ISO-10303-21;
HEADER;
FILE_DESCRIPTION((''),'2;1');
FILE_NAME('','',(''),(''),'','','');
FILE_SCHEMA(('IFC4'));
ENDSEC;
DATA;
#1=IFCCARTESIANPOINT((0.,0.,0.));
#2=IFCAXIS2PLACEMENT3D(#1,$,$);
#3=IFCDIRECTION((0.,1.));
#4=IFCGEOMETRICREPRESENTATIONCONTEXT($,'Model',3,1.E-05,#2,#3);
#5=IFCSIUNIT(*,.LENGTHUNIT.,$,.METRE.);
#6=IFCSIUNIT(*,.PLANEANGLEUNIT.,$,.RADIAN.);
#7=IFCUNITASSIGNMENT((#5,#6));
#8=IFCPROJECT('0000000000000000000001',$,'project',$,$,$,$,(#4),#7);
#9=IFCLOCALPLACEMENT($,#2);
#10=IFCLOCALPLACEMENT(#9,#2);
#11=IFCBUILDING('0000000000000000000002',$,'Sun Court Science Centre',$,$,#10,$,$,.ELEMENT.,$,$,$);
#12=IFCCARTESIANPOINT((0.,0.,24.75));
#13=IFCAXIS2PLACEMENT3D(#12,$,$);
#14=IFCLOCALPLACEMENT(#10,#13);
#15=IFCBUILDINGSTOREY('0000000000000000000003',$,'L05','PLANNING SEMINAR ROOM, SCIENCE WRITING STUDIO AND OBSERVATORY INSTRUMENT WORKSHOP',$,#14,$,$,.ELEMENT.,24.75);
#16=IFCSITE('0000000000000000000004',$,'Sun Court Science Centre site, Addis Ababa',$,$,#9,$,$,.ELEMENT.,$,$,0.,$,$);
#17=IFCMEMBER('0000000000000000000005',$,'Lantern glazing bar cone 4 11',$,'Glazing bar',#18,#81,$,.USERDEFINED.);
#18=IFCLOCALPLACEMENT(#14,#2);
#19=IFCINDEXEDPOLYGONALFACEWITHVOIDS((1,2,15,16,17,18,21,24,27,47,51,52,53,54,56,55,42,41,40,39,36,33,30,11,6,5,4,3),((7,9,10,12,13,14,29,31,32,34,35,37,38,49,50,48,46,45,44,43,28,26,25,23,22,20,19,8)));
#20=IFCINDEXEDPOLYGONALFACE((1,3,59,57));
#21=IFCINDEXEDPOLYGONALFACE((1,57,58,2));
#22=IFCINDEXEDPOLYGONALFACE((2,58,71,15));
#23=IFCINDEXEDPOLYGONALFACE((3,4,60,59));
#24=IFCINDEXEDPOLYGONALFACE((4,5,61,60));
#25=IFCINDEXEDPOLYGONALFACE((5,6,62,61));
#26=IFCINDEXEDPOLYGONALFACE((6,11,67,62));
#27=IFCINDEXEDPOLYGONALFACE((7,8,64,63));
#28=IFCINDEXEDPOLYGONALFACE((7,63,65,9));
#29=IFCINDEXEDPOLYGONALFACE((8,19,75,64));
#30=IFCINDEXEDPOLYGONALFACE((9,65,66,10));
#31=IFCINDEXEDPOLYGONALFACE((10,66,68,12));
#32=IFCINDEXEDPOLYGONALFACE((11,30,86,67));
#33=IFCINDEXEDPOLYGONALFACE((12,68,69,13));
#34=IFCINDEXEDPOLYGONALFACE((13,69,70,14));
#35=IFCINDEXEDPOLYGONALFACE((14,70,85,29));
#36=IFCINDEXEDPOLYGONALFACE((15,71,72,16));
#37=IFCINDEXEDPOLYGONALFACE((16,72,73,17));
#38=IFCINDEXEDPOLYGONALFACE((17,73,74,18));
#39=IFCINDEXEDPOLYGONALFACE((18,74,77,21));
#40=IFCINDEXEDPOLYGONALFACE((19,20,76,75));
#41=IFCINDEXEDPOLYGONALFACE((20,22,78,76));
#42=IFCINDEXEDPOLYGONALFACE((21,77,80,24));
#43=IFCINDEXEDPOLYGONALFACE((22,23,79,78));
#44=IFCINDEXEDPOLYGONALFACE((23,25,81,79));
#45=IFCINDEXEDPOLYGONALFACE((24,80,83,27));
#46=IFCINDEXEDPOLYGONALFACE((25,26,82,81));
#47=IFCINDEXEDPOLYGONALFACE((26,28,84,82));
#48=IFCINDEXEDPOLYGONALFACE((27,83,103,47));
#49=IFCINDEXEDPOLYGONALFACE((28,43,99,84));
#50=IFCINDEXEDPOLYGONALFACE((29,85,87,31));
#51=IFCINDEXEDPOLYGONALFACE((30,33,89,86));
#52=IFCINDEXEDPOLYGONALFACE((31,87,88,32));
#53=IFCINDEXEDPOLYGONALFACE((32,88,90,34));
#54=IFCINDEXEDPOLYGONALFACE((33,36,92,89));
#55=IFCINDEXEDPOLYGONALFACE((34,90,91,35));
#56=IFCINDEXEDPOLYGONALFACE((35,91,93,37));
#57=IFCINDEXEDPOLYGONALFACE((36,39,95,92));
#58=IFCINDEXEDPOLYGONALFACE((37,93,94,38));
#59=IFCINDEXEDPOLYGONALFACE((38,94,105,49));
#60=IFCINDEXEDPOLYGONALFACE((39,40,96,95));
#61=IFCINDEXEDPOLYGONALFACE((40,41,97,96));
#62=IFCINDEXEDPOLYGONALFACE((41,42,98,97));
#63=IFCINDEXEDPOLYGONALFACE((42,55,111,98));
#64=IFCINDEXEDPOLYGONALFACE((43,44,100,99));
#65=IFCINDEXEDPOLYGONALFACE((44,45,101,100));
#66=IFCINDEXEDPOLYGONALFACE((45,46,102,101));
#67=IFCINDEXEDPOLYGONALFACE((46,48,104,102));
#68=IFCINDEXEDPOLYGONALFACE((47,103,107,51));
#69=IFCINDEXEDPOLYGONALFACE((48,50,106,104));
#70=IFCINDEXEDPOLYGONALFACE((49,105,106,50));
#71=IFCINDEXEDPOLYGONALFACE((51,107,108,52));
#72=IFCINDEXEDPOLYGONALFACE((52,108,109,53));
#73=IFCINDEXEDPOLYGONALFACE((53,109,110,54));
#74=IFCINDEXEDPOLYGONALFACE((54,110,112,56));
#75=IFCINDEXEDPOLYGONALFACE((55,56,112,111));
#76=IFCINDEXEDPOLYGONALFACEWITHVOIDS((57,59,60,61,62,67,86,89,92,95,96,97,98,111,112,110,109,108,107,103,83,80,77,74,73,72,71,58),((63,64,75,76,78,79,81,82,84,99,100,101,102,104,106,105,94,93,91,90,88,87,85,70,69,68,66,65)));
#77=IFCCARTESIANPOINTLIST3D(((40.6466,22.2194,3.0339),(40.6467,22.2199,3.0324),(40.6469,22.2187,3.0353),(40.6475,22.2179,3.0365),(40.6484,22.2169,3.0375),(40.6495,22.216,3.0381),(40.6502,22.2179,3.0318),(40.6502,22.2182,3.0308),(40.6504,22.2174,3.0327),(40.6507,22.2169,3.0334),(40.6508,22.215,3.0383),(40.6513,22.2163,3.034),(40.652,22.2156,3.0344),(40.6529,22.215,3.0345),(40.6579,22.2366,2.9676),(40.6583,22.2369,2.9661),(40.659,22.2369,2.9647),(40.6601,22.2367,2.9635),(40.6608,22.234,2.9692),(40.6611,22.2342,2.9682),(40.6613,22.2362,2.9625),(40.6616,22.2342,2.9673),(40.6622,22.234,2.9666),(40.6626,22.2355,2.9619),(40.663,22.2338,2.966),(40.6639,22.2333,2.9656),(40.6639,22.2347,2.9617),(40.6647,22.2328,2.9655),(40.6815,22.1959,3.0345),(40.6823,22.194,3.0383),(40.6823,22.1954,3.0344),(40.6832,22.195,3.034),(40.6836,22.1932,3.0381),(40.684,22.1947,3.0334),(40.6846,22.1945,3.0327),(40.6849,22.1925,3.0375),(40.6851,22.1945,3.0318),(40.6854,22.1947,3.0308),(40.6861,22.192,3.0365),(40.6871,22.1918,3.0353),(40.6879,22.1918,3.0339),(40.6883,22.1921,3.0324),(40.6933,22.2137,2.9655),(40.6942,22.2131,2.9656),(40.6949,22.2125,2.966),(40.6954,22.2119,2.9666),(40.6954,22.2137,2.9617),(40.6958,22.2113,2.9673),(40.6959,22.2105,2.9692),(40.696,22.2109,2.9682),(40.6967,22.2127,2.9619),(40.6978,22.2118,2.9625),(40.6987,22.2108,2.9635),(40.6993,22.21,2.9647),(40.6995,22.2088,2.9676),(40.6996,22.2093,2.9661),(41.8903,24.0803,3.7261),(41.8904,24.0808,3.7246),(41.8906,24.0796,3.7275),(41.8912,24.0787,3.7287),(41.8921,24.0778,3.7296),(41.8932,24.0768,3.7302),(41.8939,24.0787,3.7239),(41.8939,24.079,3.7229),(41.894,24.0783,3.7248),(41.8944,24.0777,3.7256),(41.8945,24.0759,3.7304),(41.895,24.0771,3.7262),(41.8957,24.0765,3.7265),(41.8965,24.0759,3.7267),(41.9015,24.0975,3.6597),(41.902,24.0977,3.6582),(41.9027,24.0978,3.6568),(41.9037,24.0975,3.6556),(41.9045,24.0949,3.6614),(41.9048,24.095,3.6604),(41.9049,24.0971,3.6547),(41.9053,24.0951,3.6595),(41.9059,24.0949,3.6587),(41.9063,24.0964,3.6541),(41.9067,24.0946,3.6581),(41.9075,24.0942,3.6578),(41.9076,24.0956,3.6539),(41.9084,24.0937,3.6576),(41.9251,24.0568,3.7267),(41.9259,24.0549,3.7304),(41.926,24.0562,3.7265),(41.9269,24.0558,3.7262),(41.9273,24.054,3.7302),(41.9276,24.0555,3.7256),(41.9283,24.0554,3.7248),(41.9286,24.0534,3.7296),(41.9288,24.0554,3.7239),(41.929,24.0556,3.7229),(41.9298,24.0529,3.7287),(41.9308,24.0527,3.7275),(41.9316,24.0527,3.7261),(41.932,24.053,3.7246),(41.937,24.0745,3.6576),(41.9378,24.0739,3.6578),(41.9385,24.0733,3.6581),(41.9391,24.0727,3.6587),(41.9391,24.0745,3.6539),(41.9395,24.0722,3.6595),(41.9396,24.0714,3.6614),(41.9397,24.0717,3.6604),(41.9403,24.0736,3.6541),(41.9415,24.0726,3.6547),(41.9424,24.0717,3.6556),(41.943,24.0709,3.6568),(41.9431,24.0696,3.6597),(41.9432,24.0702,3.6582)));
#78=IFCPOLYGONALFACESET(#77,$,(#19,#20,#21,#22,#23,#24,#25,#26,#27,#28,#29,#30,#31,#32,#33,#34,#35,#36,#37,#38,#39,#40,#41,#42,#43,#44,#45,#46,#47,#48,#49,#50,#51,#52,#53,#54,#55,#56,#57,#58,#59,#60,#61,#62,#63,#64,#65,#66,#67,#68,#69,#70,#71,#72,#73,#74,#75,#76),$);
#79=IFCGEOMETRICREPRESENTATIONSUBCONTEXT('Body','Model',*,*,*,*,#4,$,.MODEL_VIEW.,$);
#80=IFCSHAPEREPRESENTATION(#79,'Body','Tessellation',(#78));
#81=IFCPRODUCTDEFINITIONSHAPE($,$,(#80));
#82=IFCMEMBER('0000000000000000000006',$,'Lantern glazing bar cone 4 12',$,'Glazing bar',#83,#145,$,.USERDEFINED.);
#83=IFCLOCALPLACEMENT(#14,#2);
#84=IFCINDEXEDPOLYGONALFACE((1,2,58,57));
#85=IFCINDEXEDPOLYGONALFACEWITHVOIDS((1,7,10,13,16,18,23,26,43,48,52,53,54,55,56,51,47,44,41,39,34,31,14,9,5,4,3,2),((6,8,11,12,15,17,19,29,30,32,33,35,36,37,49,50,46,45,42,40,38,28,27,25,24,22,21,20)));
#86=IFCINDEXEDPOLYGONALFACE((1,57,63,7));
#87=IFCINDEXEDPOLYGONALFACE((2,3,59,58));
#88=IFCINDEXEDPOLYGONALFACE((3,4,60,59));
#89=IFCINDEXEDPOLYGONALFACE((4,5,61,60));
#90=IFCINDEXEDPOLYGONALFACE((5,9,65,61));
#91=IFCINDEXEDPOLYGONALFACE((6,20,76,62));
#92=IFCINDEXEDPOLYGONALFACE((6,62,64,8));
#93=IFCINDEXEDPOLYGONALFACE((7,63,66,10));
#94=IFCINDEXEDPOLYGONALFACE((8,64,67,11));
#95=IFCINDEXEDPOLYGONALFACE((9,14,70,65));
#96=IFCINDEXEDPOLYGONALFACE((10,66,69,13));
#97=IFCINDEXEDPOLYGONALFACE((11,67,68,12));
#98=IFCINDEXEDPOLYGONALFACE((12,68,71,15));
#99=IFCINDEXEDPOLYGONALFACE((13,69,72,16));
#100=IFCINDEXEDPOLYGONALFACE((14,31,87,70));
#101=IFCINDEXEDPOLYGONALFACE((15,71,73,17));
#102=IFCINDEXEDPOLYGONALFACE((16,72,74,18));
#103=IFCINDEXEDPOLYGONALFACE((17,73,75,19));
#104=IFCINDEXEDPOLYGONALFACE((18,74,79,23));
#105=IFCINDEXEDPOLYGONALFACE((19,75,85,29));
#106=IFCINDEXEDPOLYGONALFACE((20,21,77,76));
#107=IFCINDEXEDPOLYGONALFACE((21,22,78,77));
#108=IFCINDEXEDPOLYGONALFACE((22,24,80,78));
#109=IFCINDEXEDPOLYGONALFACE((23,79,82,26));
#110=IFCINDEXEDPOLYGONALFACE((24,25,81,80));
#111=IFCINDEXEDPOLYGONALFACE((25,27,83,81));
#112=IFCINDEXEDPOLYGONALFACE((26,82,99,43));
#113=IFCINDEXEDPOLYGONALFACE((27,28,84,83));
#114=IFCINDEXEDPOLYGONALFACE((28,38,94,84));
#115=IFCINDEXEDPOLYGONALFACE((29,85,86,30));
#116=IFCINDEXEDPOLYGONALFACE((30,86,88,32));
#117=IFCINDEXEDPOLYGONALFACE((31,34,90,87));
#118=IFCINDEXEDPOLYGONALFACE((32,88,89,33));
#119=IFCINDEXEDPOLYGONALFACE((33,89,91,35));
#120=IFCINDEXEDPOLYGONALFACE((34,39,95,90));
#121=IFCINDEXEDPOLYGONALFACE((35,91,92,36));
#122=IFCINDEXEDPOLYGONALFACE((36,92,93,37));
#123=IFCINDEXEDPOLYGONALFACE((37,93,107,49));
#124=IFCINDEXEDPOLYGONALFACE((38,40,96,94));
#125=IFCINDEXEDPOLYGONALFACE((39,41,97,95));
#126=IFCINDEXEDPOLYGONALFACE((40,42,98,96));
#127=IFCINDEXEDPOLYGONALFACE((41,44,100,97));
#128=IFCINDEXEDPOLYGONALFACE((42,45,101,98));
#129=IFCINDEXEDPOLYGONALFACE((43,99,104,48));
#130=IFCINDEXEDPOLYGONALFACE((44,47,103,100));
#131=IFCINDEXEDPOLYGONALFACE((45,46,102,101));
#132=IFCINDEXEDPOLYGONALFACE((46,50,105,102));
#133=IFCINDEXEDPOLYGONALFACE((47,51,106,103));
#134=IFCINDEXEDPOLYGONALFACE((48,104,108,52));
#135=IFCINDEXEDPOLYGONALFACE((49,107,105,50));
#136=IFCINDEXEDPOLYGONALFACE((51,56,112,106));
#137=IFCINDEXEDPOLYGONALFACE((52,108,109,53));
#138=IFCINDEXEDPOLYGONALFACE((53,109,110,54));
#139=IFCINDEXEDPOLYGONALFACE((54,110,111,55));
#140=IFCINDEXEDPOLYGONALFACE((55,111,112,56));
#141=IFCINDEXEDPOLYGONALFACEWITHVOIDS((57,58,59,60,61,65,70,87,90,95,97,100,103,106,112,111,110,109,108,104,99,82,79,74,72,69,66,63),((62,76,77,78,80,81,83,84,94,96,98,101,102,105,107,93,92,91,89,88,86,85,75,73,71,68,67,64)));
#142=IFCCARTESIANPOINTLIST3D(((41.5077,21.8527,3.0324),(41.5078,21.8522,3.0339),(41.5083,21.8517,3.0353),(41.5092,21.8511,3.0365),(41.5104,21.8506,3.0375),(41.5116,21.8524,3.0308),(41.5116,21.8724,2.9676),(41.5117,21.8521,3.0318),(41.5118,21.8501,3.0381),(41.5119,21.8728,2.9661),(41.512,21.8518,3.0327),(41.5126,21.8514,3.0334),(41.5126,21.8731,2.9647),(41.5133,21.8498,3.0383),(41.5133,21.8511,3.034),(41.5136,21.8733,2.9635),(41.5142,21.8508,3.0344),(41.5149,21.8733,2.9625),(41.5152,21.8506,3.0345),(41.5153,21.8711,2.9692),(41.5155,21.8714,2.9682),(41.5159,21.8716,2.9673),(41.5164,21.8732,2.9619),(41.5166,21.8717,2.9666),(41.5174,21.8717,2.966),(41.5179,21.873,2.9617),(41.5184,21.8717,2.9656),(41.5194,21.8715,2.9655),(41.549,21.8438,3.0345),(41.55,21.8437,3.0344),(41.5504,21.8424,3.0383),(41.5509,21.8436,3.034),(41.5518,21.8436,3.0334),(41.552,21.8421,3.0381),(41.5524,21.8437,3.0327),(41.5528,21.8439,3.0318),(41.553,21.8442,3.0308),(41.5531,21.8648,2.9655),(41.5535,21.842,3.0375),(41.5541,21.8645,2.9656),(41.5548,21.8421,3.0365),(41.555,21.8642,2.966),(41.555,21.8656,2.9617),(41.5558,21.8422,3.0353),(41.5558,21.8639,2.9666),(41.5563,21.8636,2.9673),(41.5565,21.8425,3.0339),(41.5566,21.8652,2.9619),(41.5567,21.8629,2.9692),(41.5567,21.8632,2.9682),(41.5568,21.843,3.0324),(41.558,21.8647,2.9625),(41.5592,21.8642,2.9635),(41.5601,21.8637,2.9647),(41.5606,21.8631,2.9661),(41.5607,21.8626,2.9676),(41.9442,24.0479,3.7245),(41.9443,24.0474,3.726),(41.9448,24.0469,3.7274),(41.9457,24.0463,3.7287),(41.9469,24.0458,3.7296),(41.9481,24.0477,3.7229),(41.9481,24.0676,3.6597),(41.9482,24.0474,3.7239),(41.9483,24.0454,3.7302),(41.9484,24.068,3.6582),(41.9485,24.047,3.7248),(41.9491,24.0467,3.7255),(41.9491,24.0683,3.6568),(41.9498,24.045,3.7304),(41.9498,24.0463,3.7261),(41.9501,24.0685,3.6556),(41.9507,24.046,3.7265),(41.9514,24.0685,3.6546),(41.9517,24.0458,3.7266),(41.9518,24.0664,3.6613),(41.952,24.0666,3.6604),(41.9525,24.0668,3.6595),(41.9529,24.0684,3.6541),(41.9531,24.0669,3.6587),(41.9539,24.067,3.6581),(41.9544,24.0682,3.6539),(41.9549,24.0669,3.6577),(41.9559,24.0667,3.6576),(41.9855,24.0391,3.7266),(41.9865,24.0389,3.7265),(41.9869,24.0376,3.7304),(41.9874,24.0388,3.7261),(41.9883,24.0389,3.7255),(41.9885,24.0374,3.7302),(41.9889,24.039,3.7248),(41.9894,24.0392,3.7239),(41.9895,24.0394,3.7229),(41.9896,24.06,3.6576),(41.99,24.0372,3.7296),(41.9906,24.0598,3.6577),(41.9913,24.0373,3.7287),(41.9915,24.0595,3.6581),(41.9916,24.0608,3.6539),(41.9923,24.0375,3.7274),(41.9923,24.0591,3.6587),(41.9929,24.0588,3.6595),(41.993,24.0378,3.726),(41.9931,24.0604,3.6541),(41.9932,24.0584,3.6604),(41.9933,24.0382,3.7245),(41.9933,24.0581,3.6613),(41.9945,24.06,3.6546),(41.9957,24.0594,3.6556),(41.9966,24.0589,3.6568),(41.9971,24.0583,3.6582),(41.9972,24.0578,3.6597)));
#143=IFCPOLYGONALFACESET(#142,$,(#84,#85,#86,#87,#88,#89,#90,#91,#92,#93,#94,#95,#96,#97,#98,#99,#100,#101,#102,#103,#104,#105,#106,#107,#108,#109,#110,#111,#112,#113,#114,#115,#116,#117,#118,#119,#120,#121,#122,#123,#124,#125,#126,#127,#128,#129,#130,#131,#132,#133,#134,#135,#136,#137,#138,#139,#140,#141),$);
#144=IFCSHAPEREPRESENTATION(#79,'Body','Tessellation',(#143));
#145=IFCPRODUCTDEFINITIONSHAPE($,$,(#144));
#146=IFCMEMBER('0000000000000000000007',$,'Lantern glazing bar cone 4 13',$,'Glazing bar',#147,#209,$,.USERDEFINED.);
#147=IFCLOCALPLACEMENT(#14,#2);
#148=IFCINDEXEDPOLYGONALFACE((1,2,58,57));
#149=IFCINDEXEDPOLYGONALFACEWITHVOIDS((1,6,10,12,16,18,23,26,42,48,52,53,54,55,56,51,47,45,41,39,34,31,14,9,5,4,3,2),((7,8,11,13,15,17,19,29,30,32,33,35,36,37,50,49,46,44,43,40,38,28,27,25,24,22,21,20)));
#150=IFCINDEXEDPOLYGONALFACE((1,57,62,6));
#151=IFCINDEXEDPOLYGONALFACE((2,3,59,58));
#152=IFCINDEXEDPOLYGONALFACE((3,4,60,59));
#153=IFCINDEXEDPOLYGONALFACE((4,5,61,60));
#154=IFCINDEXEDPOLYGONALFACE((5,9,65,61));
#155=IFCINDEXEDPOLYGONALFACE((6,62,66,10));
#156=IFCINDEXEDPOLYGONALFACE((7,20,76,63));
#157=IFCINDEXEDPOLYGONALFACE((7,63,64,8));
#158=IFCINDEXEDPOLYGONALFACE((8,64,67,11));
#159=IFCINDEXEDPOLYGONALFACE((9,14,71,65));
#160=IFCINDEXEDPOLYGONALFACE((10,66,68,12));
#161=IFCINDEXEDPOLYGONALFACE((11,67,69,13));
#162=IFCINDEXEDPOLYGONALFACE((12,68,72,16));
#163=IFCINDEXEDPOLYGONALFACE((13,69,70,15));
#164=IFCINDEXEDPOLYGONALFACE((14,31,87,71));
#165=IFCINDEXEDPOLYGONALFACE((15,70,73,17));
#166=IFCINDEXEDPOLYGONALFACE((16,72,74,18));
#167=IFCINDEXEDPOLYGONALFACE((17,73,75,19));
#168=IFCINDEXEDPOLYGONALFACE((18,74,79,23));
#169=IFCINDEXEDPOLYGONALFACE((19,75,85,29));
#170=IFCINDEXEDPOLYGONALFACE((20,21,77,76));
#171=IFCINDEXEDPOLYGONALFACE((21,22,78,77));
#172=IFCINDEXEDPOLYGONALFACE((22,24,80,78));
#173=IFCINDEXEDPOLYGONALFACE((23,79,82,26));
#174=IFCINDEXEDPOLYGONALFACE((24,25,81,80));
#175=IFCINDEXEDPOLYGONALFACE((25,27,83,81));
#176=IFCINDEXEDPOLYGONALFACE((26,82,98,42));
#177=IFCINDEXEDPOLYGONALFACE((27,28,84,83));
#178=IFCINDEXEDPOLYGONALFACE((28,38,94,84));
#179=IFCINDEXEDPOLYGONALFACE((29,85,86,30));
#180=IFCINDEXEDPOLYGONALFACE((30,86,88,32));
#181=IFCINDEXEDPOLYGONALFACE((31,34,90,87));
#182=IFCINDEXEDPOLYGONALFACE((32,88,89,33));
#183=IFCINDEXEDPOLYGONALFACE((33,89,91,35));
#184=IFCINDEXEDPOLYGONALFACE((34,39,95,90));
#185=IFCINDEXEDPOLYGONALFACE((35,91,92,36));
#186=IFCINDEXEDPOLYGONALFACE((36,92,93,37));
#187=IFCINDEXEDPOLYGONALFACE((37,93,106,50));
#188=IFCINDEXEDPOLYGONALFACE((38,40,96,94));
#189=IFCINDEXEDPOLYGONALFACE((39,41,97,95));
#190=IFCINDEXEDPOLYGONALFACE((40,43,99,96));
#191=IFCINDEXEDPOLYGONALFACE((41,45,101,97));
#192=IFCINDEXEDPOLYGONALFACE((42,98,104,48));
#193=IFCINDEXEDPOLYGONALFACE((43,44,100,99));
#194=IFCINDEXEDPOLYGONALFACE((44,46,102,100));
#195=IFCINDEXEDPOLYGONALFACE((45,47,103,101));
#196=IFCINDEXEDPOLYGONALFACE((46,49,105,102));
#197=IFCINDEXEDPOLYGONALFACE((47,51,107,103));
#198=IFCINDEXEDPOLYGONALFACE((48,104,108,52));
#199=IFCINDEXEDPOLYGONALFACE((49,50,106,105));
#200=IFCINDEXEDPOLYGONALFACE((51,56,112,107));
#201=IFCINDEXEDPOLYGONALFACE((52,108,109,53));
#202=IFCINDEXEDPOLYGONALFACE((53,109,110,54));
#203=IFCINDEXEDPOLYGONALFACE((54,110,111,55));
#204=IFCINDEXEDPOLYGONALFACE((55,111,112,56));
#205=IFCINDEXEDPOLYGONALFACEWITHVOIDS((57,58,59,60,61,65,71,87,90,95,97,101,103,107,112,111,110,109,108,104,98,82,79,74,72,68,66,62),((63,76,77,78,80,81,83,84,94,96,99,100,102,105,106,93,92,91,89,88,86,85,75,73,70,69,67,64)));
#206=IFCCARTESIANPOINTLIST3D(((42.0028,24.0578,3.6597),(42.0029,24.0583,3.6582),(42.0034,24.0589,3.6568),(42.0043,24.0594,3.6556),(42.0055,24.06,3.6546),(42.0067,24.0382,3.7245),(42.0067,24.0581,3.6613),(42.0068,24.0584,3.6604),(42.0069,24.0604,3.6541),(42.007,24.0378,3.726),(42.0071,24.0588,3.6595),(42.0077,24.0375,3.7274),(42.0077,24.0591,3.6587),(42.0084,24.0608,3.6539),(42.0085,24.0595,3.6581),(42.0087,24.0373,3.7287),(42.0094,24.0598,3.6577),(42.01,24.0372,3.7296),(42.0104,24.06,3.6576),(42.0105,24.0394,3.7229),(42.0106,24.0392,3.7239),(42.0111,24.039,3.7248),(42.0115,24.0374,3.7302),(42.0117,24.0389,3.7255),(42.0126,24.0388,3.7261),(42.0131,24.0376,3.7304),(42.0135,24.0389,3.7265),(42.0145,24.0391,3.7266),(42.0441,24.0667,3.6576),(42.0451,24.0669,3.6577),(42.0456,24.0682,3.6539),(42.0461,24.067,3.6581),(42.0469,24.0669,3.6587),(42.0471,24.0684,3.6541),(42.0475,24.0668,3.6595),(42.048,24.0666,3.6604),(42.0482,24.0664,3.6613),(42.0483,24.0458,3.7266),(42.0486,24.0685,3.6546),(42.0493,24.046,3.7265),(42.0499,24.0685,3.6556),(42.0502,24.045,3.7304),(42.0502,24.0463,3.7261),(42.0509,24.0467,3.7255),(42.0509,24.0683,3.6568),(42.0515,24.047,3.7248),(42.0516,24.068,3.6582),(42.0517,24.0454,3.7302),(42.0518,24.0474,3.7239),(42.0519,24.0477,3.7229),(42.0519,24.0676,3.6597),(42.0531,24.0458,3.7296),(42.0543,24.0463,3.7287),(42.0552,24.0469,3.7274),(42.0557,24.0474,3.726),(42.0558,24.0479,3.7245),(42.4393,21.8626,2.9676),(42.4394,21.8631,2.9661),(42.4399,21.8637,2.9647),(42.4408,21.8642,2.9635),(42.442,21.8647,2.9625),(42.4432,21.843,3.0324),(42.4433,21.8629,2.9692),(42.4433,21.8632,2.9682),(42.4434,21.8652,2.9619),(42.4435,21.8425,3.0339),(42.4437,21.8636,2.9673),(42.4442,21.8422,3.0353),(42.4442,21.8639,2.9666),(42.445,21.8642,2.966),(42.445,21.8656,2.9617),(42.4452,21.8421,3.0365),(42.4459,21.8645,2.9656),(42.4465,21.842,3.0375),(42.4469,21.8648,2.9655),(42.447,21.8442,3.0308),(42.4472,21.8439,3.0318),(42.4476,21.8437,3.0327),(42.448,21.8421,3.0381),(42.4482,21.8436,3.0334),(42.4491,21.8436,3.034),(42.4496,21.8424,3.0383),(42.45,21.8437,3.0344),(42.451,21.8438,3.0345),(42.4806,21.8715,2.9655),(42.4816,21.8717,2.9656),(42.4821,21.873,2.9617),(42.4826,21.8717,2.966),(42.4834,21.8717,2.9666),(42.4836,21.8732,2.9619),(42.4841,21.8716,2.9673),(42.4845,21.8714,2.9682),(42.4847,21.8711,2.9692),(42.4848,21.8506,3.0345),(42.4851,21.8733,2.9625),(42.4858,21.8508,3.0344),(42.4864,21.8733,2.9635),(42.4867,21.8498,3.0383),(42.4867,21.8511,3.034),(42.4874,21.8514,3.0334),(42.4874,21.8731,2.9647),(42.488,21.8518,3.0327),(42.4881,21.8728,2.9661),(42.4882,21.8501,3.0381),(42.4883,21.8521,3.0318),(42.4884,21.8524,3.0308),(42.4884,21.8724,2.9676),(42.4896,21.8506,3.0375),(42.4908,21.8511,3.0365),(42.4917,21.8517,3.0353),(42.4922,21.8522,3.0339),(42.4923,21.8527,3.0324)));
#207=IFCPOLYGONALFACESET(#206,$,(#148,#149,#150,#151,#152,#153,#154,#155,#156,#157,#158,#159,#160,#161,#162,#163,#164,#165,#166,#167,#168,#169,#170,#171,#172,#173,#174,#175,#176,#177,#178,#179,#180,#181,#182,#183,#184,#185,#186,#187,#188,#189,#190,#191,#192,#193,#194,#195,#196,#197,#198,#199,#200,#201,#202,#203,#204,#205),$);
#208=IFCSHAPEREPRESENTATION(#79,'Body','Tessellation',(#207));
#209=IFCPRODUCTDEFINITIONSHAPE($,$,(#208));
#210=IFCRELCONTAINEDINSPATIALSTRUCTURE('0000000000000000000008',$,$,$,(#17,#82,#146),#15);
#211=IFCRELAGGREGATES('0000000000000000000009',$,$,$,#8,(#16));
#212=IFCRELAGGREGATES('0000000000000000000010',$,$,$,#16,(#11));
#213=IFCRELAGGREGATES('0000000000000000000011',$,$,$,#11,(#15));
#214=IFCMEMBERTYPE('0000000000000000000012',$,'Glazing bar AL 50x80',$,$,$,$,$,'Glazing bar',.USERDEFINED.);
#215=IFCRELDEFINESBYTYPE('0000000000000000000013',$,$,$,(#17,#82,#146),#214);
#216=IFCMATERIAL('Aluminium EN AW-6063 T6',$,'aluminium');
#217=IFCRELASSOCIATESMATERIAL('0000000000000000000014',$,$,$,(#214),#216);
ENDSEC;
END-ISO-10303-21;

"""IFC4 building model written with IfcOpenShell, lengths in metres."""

from ifc_helpers import new_model, si_unit, direction, frame, origin, origin_2d, place, context, subcontext, project, spatial, hollow_rectangle, extrude, material, material_profile, profile_set, type_object, element, save


model = new_model("IFC4")

# Units and contexts
model_context = context("Model", 3, precision=1e-05, world=origin(), true_north=direction((0.0, 1.0)))
body_context = subcontext(model_context, "Body", "Model", "MODEL_VIEW")
ifc_project = project(units=[si_unit("LENGTHUNIT", "METRE"), si_unit("PLANEANGLEUNIT", "RADIAN")], contexts=[model_context])

# Site, building, storey
site_placement = place(None, origin())
site = spatial("IfcSite", under=ifc_project, at=site_placement, Name="Sun Court Science Centre site, Addis Ababa", CompositionType="ELEMENT", RefElevation=0.0)
building_placement = place(site_placement, origin())
building = spatial("IfcBuilding", under=site, at=building_placement, Name="Sun Court Science Centre", CompositionType="ELEMENT")
storey_placement = place(building_placement, frame((0.0, 0.0, 24.75)))
storey = spatial("IfcBuildingStorey", under=building, at=storey_placement, Name="L05", Description="PLANNING SEMINAR ROOM, SCIENCE WRITING STUDIO AND OBSERVATORY INSTRUMENT WORKSHOP", CompositionType="ELEMENT", Elevation=24.75)

# Members
ifc_material_1 = material(Name="Aluminium EN AW-6063 T6", Category="aluminium")
ifc_material_profile_1 = material_profile(ifc_material_1, hollow_rectangle(XDim=0.05, YDim=0.0801, WallThickness=0.0039, InnerFilletRadius=0.0039, OuterFilletRadius=0.0061, at=origin_2d()), Name="AL 50x80x4")
ifc_profile_set_1 = profile_set([ifc_material_profile_1], Name="Aluminium EN AW-6063 T6")
member_type_1 = type_object("IfcMemberType", Name="Glazing bar AL 50x80", ElementType="Glazing bar", PredefinedType="USERDEFINED", material=ifc_profile_set_1)
for number, where, z_axis, x_axis, name in (
    (1, (40.6731, 22.2144, 3.0), (0.530853, 0.794299, 0.295439), (-0.831412, 0.555656, 0.0), "Lantern glazing bar cone 4 11"),
    (2, (41.5342, 21.8577, 3.0), (0.186321, 0.937021, 0.295424), (-0.980798, 0.195025, 0.0), "Lantern glazing bar cone 4 12"),
    (3, (42.4658, 21.8577, 3.0), (-0.186321, 0.937021, 0.295424), (-0.980798, -0.195025, 0.0), "Lantern glazing bar cone 4 13"),
):
    element("IfcMember", number, at=place(storey_placement, frame(where, z_axis=z_axis, x_axis=x_axis)), inside=storey, type_object=member_type_1, Name=name, ObjectType="Glazing bar", PredefinedType="USERDEFINED", context=body_context, shape_type="SweptSolid", body=[
        extrude(hollow_rectangle(XDim=0.05, YDim=0.0801, WallThickness=0.0039, InnerFilletRadius=0.0039, OuterFilletRadius=0.0061, at=origin_2d()), origin(), (0.0, 0.0, 1.0), 2.3428),
    ])

save(model, "model.ifc")
